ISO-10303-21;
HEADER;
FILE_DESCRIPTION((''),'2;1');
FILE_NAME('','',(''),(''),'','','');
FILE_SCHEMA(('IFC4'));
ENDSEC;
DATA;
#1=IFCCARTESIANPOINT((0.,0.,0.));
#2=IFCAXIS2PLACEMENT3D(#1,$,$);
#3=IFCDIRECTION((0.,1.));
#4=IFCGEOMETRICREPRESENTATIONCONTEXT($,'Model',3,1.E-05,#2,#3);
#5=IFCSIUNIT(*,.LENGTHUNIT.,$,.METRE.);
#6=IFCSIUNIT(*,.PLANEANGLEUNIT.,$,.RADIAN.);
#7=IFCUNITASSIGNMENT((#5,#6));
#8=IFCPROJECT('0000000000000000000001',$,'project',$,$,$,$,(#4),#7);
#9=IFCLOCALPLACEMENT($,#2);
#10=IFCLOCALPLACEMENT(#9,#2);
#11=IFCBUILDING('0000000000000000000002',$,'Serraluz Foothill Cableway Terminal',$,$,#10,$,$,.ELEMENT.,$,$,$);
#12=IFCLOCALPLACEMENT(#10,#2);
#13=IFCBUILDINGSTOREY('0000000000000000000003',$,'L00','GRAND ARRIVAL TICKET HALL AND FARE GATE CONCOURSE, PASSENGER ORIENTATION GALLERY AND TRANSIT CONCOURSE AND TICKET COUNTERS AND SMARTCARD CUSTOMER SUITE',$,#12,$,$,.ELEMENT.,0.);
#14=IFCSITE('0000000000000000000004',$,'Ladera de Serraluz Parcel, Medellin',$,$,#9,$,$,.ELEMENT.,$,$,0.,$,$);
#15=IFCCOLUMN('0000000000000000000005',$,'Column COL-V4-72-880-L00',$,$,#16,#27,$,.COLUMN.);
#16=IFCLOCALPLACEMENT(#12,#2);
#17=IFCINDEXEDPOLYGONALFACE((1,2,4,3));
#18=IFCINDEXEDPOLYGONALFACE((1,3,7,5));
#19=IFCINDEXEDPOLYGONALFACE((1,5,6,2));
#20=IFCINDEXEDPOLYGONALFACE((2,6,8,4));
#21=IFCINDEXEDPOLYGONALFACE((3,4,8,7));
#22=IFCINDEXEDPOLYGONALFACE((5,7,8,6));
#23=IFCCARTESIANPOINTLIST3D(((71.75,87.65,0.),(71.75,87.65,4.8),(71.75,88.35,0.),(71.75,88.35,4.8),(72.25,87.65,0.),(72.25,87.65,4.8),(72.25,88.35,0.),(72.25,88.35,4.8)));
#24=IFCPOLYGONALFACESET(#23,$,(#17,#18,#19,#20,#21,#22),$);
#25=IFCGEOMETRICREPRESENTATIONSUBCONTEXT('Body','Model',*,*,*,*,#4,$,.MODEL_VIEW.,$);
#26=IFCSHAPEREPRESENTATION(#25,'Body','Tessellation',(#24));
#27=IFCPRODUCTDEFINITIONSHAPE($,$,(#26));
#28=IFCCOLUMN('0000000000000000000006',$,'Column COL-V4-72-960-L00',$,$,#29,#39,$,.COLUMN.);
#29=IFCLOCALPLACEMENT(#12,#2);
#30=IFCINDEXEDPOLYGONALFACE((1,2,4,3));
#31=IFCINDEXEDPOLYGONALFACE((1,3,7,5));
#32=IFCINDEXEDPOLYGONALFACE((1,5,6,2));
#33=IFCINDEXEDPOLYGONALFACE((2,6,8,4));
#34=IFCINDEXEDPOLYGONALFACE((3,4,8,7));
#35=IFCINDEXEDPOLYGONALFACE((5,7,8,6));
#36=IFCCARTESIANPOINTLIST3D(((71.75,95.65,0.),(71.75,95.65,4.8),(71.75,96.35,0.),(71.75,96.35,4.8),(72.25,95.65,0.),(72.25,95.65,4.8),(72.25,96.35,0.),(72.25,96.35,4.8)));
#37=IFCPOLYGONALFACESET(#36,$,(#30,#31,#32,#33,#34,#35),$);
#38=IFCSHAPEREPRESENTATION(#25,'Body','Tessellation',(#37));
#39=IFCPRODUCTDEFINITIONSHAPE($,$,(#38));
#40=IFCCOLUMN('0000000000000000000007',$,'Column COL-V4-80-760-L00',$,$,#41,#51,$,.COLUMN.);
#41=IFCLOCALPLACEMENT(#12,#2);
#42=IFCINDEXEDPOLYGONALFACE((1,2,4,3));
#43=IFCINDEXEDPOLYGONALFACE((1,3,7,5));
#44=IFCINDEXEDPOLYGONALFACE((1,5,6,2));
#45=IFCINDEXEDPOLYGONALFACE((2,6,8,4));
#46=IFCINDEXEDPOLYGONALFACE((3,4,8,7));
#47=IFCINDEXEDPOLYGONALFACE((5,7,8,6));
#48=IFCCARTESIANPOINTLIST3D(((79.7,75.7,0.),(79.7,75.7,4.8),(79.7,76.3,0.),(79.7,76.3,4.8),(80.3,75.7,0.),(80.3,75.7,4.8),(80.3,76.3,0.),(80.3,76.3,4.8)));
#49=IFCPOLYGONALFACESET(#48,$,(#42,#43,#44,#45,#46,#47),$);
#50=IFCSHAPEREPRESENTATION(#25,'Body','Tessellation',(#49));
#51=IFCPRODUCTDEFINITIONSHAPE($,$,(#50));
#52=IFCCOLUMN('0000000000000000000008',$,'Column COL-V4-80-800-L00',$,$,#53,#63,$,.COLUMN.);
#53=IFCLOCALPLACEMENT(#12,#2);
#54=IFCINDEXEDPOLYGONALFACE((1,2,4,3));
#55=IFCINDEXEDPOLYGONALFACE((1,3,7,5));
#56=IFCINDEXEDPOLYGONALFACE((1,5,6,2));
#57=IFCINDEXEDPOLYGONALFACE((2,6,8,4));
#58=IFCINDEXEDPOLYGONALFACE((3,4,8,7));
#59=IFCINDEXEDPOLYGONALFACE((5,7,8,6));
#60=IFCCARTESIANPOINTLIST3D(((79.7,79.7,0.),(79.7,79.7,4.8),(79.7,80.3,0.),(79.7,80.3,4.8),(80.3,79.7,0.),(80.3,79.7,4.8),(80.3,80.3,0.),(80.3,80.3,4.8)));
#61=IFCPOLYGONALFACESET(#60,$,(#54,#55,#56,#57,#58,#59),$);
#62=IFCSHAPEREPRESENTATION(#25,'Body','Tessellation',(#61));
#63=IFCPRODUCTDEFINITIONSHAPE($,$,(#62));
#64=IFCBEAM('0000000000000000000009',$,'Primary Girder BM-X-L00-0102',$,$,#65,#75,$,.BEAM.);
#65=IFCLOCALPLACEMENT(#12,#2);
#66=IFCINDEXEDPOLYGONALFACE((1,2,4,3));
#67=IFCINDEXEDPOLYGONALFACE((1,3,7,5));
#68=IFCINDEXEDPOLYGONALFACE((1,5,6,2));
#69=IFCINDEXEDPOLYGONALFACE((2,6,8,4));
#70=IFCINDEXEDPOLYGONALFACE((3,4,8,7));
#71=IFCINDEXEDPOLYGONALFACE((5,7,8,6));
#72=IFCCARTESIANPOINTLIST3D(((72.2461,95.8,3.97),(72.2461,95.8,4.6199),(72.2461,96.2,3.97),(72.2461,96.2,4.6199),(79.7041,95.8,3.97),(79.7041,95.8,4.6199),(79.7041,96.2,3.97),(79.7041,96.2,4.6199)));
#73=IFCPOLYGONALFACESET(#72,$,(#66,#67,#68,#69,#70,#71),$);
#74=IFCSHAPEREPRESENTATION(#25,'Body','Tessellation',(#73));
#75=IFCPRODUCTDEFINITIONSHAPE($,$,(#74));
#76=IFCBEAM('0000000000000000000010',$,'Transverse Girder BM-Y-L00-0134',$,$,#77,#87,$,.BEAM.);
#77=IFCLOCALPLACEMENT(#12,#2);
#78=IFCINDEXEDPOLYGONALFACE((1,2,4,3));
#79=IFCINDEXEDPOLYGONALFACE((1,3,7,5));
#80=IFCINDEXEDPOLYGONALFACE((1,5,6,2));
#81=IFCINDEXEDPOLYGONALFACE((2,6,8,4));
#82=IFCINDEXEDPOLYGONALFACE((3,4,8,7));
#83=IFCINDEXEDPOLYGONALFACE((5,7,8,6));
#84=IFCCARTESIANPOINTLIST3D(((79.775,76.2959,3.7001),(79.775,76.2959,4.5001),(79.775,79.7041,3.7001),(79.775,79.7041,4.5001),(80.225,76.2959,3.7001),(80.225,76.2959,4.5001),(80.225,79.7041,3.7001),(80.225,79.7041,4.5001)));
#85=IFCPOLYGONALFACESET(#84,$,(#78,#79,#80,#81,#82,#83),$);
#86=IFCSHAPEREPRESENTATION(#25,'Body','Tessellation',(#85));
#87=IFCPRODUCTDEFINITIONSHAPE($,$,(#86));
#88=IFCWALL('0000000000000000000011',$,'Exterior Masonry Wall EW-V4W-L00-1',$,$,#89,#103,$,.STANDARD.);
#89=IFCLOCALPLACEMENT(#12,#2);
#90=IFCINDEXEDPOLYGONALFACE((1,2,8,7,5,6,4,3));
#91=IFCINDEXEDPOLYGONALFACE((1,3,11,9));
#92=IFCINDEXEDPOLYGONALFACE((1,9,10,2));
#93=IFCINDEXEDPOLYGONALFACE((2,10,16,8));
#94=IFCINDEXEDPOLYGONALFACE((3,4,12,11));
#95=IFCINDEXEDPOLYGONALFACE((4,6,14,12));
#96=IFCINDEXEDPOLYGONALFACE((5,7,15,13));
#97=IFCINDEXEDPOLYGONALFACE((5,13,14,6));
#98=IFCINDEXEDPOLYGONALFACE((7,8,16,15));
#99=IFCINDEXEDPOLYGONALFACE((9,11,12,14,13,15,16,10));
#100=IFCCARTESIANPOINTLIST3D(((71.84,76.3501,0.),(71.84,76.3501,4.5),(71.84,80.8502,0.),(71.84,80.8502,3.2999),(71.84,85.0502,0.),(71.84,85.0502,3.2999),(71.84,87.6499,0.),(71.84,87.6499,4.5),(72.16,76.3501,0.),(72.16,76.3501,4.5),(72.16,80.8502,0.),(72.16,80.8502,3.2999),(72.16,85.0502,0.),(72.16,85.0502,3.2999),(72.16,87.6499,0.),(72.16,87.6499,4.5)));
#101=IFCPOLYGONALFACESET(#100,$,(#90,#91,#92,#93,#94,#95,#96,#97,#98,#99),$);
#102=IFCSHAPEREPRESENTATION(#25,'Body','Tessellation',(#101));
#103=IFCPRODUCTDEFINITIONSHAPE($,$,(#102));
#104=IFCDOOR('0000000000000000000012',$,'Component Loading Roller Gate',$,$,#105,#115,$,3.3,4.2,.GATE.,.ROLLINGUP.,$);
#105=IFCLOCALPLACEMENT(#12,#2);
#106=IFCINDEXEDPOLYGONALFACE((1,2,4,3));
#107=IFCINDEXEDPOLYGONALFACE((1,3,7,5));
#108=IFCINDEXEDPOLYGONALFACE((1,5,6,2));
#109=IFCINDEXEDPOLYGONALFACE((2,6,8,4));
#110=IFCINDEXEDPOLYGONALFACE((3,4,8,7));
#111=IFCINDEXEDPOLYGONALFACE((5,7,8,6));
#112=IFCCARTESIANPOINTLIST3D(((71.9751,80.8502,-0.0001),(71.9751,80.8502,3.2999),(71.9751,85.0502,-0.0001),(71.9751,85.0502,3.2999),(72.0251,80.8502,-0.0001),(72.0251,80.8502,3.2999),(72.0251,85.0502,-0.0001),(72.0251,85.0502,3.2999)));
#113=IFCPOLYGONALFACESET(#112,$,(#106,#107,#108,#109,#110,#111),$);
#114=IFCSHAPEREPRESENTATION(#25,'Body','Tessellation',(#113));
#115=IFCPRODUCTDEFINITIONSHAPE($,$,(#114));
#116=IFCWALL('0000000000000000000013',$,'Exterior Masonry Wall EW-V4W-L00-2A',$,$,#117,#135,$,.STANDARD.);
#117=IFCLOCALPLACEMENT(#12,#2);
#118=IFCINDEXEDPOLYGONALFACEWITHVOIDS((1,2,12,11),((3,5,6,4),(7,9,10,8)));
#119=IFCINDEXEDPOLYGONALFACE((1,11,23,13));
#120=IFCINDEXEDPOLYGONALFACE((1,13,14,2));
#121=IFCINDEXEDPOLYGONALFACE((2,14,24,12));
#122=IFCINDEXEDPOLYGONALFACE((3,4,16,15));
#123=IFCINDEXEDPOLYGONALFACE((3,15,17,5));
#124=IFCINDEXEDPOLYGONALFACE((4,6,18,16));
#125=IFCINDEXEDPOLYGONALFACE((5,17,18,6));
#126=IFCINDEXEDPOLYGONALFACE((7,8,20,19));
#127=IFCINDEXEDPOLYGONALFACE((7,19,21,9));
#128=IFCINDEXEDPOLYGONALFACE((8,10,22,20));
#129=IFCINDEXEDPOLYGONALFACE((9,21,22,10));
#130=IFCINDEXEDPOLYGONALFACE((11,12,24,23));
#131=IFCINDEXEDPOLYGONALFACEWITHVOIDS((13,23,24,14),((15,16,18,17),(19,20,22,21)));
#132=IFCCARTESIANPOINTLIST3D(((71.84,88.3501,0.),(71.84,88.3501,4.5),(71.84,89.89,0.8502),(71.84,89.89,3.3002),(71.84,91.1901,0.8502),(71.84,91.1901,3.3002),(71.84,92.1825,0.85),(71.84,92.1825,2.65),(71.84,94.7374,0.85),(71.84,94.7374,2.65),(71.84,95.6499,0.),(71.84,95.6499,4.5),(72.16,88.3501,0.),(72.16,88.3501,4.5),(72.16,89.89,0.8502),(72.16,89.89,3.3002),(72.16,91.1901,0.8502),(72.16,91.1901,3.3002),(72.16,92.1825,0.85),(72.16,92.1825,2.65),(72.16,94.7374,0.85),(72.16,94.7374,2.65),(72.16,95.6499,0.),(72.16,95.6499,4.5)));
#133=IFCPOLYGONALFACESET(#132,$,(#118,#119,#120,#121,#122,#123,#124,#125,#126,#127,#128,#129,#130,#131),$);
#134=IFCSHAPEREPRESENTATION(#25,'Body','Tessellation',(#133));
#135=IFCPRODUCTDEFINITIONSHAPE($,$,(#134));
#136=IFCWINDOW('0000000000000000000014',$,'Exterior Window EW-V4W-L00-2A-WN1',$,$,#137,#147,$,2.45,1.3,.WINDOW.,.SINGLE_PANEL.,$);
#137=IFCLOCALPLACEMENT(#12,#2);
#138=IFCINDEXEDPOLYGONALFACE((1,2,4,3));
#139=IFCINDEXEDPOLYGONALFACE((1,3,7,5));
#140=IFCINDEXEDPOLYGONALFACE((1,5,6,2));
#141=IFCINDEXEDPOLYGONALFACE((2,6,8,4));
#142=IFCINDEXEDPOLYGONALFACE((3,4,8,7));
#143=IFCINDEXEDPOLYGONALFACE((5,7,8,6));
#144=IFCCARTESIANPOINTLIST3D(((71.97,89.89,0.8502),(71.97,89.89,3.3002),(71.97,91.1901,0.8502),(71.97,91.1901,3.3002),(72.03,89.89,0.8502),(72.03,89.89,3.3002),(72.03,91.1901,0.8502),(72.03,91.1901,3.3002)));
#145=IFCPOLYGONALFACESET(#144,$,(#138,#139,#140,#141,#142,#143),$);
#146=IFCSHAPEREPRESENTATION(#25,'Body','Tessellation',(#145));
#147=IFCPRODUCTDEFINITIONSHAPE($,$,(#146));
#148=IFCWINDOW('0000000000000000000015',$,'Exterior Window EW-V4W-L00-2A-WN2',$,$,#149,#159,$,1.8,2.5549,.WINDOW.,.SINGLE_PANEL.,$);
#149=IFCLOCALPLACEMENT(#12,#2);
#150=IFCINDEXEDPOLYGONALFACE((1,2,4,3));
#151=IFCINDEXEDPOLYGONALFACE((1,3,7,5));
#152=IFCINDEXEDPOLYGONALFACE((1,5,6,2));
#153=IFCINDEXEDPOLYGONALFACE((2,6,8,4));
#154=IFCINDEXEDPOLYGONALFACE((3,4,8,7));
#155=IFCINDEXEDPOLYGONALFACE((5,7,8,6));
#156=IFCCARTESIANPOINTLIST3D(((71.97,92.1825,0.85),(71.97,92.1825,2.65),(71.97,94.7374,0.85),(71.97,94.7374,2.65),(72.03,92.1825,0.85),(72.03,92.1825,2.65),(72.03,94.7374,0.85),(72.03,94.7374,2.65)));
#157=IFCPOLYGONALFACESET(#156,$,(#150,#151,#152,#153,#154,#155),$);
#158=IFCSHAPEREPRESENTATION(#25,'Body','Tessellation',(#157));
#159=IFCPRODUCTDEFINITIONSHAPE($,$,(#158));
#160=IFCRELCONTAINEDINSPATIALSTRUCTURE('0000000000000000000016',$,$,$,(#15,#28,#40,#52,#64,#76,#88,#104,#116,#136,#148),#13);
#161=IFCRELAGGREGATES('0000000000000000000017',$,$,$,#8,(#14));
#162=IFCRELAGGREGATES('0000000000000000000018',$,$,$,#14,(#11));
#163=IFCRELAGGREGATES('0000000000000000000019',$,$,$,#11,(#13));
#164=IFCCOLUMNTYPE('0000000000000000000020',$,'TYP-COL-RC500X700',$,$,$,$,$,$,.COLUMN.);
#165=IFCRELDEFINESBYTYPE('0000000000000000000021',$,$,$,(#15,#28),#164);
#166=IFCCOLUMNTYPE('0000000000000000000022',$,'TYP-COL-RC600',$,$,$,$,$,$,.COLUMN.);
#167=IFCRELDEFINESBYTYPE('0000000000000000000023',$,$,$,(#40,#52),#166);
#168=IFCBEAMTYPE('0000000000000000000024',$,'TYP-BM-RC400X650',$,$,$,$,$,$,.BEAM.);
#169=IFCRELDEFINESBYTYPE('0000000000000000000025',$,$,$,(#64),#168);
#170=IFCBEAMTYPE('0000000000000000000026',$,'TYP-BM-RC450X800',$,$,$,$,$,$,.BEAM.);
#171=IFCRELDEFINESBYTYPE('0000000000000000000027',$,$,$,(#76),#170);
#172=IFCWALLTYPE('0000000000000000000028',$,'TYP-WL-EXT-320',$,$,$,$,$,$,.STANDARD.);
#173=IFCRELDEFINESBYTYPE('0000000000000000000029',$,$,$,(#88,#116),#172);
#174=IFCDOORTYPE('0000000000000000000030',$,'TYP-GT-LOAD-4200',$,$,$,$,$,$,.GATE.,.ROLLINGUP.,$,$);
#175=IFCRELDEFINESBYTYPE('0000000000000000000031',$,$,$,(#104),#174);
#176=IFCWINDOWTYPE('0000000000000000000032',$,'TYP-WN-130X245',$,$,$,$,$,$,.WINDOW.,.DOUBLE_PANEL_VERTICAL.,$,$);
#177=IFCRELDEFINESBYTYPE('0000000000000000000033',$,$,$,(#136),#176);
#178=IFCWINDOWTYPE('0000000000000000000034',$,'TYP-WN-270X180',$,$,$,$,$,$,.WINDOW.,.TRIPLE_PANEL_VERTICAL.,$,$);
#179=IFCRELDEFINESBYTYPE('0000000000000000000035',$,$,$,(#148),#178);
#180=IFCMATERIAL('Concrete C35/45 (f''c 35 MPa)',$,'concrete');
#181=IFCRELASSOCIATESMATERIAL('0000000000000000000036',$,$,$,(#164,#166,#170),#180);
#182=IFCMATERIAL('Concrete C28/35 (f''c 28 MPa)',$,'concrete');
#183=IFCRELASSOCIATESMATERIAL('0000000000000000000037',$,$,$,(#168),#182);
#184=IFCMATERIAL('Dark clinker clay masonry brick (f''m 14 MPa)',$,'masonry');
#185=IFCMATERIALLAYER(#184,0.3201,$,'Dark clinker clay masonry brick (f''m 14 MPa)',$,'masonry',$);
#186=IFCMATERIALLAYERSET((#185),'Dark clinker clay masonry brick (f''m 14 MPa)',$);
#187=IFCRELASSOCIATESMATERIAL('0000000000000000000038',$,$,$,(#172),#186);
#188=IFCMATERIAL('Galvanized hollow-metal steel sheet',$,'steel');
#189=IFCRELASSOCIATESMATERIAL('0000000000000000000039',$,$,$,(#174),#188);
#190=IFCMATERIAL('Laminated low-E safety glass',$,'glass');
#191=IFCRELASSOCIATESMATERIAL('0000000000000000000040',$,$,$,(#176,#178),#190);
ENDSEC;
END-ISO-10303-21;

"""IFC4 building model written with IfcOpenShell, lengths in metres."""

from ifc_helpers import new_model, si_unit, direction, frame, frame_2d, origin, origin_2d, place, context, subcontext, project, spatial, rectangle, extrude, material, layer, layer_set, material_profile, profile_set, type_object, element, fill, save


model = new_model("IFC4")

# Units and contexts
model_context = context("Model", 3, precision=1e-05, world=origin(), true_north=direction((0.0, 1.0)))
body_context = subcontext(model_context, "Body", "Model", "MODEL_VIEW")
ifc_project = project(units=[si_unit("LENGTHUNIT", "METRE"), si_unit("PLANEANGLEUNIT", "RADIAN")], contexts=[model_context])

# Site, building, storey
site_placement = place(None, origin())
site = spatial("IfcSite", under=ifc_project, at=site_placement, Name="Ladera de Serraluz Parcel, Medellin", CompositionType="ELEMENT", RefElevation=0.0)
building_placement = place(site_placement, origin())
building = spatial("IfcBuilding", under=site, at=building_placement, Name="Serraluz Foothill Cableway Terminal", CompositionType="ELEMENT")
storey_placement = place(building_placement, origin())
storey = spatial("IfcBuildingStorey", under=building, at=storey_placement, Name="L00", Description="GRAND ARRIVAL TICKET HALL AND FARE GATE CONCOURSE, PASSENGER ORIENTATION GALLERY AND TRANSIT CONCOURSE AND TICKET COUNTERS AND SMARTCARD CUSTOMER SUITE", CompositionType="ELEMENT", Elevation=0.0)

# Shared definitions
ifc_material_1 = material(Name="Concrete C28/35 (f'c 28 MPa)", Category="concrete")

# Columns
ifc_material_2 = material(Name="Concrete C35/45 (f'c 35 MPa)", Category="concrete")
ifc_material_profile_1 = material_profile(ifc_material_2, rectangle(XDim=0.5, YDim=0.7, at=origin_2d()), Name="RC 500x700")
ifc_profile_set_1 = profile_set([ifc_material_profile_1], Name="Concrete C35/45 (f'c 35 MPa)")
column_type_1 = type_object("IfcColumnType", Name="TYP-COL-RC500X700", PredefinedType="COLUMN", material=ifc_profile_set_1)
for number, where, z_axis, x_axis, name in (
    (1, (72.0, 88.0, 0.0), (0.0, 0.0, 1.0), (1.0, 0.0, 0.0), "Column COL-V4-72-880-L00"),
    (2, (72.0, 96.0, 0.0), (0.0, 0.0, 1.0), (1.0, 0.0, 0.0), "Column COL-V4-72-960-L00"),
):
    element("IfcColumn", number, at=place(storey_placement, frame(where, z_axis=z_axis, x_axis=x_axis)), inside=storey, type_object=column_type_1, Name=name, PredefinedType="COLUMN", context=body_context, shape_type="SweptSolid", body=[
        extrude(rectangle(XDim=0.5, YDim=0.7, at=origin_2d()), origin(), (0.0, 0.0, 1.0), 4.8),
    ])
ifc_material_profile_2 = material_profile(ifc_material_2, rectangle(XDim=0.6001, YDim=0.6001, at=origin_2d()), Name="RC 600x600")
ifc_profile_set_2 = profile_set([ifc_material_profile_2], Name="Concrete C35/45 (f'c 35 MPa)")
column_type_2 = type_object("IfcColumnType", Name="TYP-COL-RC600", PredefinedType="COLUMN", material=ifc_profile_set_2)
for number, where, z_axis, x_axis, name in (
    (3, (80.0, 76.0, 0.0), (0.0, 0.0, 1.0), (1.0, 0.0, 0.0), "Column COL-V4-80-760-L00"),
    (4, (80.0, 80.0, 0.0), (0.0, 0.0, 1.0), (1.0, 0.0, 0.0), "Column COL-V4-80-800-L00"),
):
    element("IfcColumn", number, at=place(storey_placement, frame(where, z_axis=z_axis, x_axis=x_axis)), inside=storey, type_object=column_type_2, Name=name, PredefinedType="COLUMN", context=body_context, shape_type="SweptSolid", body=[
        extrude(rectangle(XDim=0.6001, YDim=0.6001, at=origin_2d()), origin(), (0.0, 0.0, 1.0), 4.8),
    ])

# Beams
ifc_material_profile_3 = material_profile(ifc_material_1, rectangle(XDim=0.3999, YDim=0.6499, at=origin_2d()), Name="RC 400x650")
ifc_profile_set_3 = profile_set([ifc_material_profile_3], Name="Concrete C28/35 (f'c 28 MPa)")
beam_type_1 = type_object("IfcBeamType", Name="TYP-BM-RC400X650", PredefinedType="BEAM", material=ifc_profile_set_3)
beam_1_placement = place(storey_placement, frame((72.2461, 96.0, 4.2949), z_axis=(1.0, 0.0, 0.0), x_axis=(0.0, 1.0, 0.0)))
element("IfcBeam", 5, at=beam_1_placement, inside=storey, type_object=beam_type_1, Name="Primary Girder BM-X-L00-0102", PredefinedType="BEAM", context=body_context, shape_type="SweptSolid", body=[
    extrude(rectangle(XDim=0.3999, YDim=0.6499, at=origin_2d()), origin(), (0.0, 0.0, 1.0), 7.458),
])
ifc_material_profile_4 = material_profile(ifc_material_2, rectangle(XDim=0.45, YDim=0.8, at=origin_2d()), Name="RC 450x800")
ifc_profile_set_4 = profile_set([ifc_material_profile_4], Name="Concrete C35/45 (f'c 35 MPa)")
beam_type_2 = type_object("IfcBeamType", Name="TYP-BM-RC450X800", PredefinedType="BEAM", material=ifc_profile_set_4)
beam_2_placement = place(storey_placement, frame((80.0, 76.2959, 4.1001), z_axis=(0.0, 1.0, 0.0), x_axis=(-1.0, 0.0, 0.0)))
element("IfcBeam", 6, at=beam_2_placement, inside=storey, type_object=beam_type_2, Name="Transverse Girder BM-Y-L00-0134", PredefinedType="BEAM", context=body_context, shape_type="SweptSolid", body=[
    extrude(rectangle(XDim=0.45, YDim=0.8, at=origin_2d()), origin(), (0.0, 0.0, 1.0), 3.4082),
])

# Wall, opening, door
ifc_material_3 = material(Name="Dark clinker clay masonry brick (f'm 14 MPa)", Category="masonry")
ifc_layer_1 = layer(ifc_material_3, 0.3201, Name="Dark clinker clay masonry brick (f'm 14 MPa)", Category="masonry")
ifc_layer_set_1 = layer_set([ifc_layer_1], Name="Dark clinker clay masonry brick (f'm 14 MPa)")
wall_type_1 = type_object("IfcWallType", Name="TYP-WL-EXT-320", PredefinedType="STANDARD", material=ifc_layer_set_1)
wall_1_placement = place(storey_placement, frame((72.0, 76.3501, 0.0), z_axis=(0.0, 0.0, 1.0), x_axis=(0.0, 1.0, 0.0)))
wall_1 = element("IfcWall", 7, at=wall_1_placement, inside=storey, type_object=wall_type_1, Name="Exterior Masonry Wall EW-V4W-L00-1", PredefinedType="STANDARD", context=body_context, shape_type="SweptSolid", body=[
    extrude(rectangle(XDim=11.2998, YDim=0.3201, at=frame_2d((5.6499, 0.0))), origin(), (0.0, 0.0, 1.0), 4.5),
])
opening_1_placement = place(wall_1_placement, frame((4.5, 0.0, 0.0)))
opening_1 = element("IfcOpeningElement", 8, at=opening_1_placement, cuts=wall_1, PredefinedType="OPENING", context=body_context, shape_type="SweptSolid", body=[
    extrude(rectangle(XDim=4.2, YDim=3.3, at=frame_2d((2.1001, 1.6499))), frame((0.0, 0.1699, 0.0), z_axis=(0.0, -1.0, 0.0), x_axis=(1.0, 0.0, 0.0)), (0.0, 0.0, 1.0), 0.3401),
])
ifc_material_4 = material(Name="Galvanized hollow-metal steel sheet", Category="steel")
door_type_1 = type_object("IfcDoorType", Name="TYP-GT-LOAD-4200", OperationType="ROLLINGUP", PredefinedType="GATE", material=ifc_material_4)
door_1_placement = place(opening_1_placement, origin())
door_1 = element("IfcDoor", 9, at=door_1_placement, inside=storey, type_object=door_type_1, Name="Component Loading Roller Gate", OperationType="ROLLINGUP", OverallHeight=3.3, OverallWidth=4.2, PredefinedType="GATE", context=body_context, shape_type="SweptSolid", body=[
    extrude(rectangle(XDim=4.2, YDim=3.3, at=frame_2d((2.1001, 1.6499))), frame((0.0, 0.0249, 0.0), z_axis=(0.0, -1.0, 0.0), x_axis=(1.0, 0.0, 0.0)), (0.0, 0.0, 1.0), 0.05),
])
fill(opening_1, door_1)

# Wall, openings, windows
wall_2_placement = place(storey_placement, frame((72.0, 88.3501, 0.0), z_axis=(0.0, 0.0, 1.0), x_axis=(0.0, 1.0, 0.0)))
wall_2 = element("IfcWall", 10, at=wall_2_placement, inside=storey, type_object=wall_type_1, Name="Exterior Masonry Wall EW-V4W-L00-2A", PredefinedType="STANDARD", context=body_context, shape_type="SweptSolid", body=[
    extrude(rectangle(XDim=7.2998, YDim=0.3201, at=frame_2d((3.6499, 0.0))), origin(), (0.0, 0.0, 1.0), 4.5),
])
opening_2_placement = place(wall_2_placement, frame((1.54, 0.0, 0.8501)))
opening_2 = element("IfcOpeningElement", 11, at=opening_2_placement, cuts=wall_2, PredefinedType="OPENING", context=body_context, shape_type="SweptSolid", body=[
    extrude(rectangle(XDim=1.3, YDim=2.45, at=frame_2d((0.6499, 1.2251))), frame((0.0, 0.1699, 0.0), z_axis=(0.0, -1.0, 0.0), x_axis=(1.0, 0.0, 0.0)), (0.0, 0.0, 1.0), 0.3401),
])
opening_3_placement = place(wall_2_placement, frame((3.8325, 0.0, 0.8501)))
opening_3 = element("IfcOpeningElement", 12, at=opening_3_placement, cuts=wall_2, PredefinedType="OPENING", context=body_context, shape_type="SweptSolid", body=[
    extrude(rectangle(XDim=2.5549, YDim=1.8, at=frame_2d((1.2773, 0.8999))), frame((0.0, 0.1699, 0.0), z_axis=(0.0, -1.0, 0.0), x_axis=(1.0, 0.0, 0.0)), (0.0, 0.0, 1.0), 0.3401),
])
ifc_material_5 = material(Name="Laminated low-E safety glass", Category="glass")
window_type_1 = type_object("IfcWindowType", Name="TYP-WN-130X245", PartitioningType="DOUBLE_PANEL_VERTICAL", PredefinedType="WINDOW", material=ifc_material_5)
window_1_placement = place(opening_2_placement, origin())
window_1 = element("IfcWindow", 13, at=window_1_placement, inside=storey, type_object=window_type_1, Name="Exterior Window EW-V4W-L00-2A-WN1", OverallHeight=2.45, OverallWidth=1.3, PartitioningType="SINGLE_PANEL", PredefinedType="WINDOW", context=body_context, shape_type="SweptSolid", body=[
    extrude(rectangle(XDim=1.3, YDim=2.45, at=frame_2d((0.6499, 1.2251))), frame((0.0, 0.03, 0.0), z_axis=(0.0, -1.0, 0.0), x_axis=(1.0, 0.0, 0.0)), (0.0, 0.0, 1.0), 0.0601),
])
fill(opening_2, window_1)
window_type_2 = type_object("IfcWindowType", Name="TYP-WN-270X180", PartitioningType="TRIPLE_PANEL_VERTICAL", PredefinedType="WINDOW", material=ifc_material_5)
window_2_placement = place(opening_3_placement, origin())
window_2 = element("IfcWindow", 14, at=window_2_placement, inside=storey, type_object=window_type_2, Name="Exterior Window EW-V4W-L00-2A-WN2", OverallHeight=1.8, OverallWidth=2.5549, PartitioningType="SINGLE_PANEL", PredefinedType="WINDOW", context=body_context, shape_type="SweptSolid", body=[
    extrude(rectangle(XDim=2.5549, YDim=1.8, at=frame_2d((1.2773, 0.8999))), frame((0.0, 0.03, 0.0), z_axis=(0.0, -1.0, 0.0), x_axis=(1.0, 0.0, 0.0)), (0.0, 0.0, 1.0), 0.0601),
])
fill(opening_3, window_2)

save(model, "model.ifc")
